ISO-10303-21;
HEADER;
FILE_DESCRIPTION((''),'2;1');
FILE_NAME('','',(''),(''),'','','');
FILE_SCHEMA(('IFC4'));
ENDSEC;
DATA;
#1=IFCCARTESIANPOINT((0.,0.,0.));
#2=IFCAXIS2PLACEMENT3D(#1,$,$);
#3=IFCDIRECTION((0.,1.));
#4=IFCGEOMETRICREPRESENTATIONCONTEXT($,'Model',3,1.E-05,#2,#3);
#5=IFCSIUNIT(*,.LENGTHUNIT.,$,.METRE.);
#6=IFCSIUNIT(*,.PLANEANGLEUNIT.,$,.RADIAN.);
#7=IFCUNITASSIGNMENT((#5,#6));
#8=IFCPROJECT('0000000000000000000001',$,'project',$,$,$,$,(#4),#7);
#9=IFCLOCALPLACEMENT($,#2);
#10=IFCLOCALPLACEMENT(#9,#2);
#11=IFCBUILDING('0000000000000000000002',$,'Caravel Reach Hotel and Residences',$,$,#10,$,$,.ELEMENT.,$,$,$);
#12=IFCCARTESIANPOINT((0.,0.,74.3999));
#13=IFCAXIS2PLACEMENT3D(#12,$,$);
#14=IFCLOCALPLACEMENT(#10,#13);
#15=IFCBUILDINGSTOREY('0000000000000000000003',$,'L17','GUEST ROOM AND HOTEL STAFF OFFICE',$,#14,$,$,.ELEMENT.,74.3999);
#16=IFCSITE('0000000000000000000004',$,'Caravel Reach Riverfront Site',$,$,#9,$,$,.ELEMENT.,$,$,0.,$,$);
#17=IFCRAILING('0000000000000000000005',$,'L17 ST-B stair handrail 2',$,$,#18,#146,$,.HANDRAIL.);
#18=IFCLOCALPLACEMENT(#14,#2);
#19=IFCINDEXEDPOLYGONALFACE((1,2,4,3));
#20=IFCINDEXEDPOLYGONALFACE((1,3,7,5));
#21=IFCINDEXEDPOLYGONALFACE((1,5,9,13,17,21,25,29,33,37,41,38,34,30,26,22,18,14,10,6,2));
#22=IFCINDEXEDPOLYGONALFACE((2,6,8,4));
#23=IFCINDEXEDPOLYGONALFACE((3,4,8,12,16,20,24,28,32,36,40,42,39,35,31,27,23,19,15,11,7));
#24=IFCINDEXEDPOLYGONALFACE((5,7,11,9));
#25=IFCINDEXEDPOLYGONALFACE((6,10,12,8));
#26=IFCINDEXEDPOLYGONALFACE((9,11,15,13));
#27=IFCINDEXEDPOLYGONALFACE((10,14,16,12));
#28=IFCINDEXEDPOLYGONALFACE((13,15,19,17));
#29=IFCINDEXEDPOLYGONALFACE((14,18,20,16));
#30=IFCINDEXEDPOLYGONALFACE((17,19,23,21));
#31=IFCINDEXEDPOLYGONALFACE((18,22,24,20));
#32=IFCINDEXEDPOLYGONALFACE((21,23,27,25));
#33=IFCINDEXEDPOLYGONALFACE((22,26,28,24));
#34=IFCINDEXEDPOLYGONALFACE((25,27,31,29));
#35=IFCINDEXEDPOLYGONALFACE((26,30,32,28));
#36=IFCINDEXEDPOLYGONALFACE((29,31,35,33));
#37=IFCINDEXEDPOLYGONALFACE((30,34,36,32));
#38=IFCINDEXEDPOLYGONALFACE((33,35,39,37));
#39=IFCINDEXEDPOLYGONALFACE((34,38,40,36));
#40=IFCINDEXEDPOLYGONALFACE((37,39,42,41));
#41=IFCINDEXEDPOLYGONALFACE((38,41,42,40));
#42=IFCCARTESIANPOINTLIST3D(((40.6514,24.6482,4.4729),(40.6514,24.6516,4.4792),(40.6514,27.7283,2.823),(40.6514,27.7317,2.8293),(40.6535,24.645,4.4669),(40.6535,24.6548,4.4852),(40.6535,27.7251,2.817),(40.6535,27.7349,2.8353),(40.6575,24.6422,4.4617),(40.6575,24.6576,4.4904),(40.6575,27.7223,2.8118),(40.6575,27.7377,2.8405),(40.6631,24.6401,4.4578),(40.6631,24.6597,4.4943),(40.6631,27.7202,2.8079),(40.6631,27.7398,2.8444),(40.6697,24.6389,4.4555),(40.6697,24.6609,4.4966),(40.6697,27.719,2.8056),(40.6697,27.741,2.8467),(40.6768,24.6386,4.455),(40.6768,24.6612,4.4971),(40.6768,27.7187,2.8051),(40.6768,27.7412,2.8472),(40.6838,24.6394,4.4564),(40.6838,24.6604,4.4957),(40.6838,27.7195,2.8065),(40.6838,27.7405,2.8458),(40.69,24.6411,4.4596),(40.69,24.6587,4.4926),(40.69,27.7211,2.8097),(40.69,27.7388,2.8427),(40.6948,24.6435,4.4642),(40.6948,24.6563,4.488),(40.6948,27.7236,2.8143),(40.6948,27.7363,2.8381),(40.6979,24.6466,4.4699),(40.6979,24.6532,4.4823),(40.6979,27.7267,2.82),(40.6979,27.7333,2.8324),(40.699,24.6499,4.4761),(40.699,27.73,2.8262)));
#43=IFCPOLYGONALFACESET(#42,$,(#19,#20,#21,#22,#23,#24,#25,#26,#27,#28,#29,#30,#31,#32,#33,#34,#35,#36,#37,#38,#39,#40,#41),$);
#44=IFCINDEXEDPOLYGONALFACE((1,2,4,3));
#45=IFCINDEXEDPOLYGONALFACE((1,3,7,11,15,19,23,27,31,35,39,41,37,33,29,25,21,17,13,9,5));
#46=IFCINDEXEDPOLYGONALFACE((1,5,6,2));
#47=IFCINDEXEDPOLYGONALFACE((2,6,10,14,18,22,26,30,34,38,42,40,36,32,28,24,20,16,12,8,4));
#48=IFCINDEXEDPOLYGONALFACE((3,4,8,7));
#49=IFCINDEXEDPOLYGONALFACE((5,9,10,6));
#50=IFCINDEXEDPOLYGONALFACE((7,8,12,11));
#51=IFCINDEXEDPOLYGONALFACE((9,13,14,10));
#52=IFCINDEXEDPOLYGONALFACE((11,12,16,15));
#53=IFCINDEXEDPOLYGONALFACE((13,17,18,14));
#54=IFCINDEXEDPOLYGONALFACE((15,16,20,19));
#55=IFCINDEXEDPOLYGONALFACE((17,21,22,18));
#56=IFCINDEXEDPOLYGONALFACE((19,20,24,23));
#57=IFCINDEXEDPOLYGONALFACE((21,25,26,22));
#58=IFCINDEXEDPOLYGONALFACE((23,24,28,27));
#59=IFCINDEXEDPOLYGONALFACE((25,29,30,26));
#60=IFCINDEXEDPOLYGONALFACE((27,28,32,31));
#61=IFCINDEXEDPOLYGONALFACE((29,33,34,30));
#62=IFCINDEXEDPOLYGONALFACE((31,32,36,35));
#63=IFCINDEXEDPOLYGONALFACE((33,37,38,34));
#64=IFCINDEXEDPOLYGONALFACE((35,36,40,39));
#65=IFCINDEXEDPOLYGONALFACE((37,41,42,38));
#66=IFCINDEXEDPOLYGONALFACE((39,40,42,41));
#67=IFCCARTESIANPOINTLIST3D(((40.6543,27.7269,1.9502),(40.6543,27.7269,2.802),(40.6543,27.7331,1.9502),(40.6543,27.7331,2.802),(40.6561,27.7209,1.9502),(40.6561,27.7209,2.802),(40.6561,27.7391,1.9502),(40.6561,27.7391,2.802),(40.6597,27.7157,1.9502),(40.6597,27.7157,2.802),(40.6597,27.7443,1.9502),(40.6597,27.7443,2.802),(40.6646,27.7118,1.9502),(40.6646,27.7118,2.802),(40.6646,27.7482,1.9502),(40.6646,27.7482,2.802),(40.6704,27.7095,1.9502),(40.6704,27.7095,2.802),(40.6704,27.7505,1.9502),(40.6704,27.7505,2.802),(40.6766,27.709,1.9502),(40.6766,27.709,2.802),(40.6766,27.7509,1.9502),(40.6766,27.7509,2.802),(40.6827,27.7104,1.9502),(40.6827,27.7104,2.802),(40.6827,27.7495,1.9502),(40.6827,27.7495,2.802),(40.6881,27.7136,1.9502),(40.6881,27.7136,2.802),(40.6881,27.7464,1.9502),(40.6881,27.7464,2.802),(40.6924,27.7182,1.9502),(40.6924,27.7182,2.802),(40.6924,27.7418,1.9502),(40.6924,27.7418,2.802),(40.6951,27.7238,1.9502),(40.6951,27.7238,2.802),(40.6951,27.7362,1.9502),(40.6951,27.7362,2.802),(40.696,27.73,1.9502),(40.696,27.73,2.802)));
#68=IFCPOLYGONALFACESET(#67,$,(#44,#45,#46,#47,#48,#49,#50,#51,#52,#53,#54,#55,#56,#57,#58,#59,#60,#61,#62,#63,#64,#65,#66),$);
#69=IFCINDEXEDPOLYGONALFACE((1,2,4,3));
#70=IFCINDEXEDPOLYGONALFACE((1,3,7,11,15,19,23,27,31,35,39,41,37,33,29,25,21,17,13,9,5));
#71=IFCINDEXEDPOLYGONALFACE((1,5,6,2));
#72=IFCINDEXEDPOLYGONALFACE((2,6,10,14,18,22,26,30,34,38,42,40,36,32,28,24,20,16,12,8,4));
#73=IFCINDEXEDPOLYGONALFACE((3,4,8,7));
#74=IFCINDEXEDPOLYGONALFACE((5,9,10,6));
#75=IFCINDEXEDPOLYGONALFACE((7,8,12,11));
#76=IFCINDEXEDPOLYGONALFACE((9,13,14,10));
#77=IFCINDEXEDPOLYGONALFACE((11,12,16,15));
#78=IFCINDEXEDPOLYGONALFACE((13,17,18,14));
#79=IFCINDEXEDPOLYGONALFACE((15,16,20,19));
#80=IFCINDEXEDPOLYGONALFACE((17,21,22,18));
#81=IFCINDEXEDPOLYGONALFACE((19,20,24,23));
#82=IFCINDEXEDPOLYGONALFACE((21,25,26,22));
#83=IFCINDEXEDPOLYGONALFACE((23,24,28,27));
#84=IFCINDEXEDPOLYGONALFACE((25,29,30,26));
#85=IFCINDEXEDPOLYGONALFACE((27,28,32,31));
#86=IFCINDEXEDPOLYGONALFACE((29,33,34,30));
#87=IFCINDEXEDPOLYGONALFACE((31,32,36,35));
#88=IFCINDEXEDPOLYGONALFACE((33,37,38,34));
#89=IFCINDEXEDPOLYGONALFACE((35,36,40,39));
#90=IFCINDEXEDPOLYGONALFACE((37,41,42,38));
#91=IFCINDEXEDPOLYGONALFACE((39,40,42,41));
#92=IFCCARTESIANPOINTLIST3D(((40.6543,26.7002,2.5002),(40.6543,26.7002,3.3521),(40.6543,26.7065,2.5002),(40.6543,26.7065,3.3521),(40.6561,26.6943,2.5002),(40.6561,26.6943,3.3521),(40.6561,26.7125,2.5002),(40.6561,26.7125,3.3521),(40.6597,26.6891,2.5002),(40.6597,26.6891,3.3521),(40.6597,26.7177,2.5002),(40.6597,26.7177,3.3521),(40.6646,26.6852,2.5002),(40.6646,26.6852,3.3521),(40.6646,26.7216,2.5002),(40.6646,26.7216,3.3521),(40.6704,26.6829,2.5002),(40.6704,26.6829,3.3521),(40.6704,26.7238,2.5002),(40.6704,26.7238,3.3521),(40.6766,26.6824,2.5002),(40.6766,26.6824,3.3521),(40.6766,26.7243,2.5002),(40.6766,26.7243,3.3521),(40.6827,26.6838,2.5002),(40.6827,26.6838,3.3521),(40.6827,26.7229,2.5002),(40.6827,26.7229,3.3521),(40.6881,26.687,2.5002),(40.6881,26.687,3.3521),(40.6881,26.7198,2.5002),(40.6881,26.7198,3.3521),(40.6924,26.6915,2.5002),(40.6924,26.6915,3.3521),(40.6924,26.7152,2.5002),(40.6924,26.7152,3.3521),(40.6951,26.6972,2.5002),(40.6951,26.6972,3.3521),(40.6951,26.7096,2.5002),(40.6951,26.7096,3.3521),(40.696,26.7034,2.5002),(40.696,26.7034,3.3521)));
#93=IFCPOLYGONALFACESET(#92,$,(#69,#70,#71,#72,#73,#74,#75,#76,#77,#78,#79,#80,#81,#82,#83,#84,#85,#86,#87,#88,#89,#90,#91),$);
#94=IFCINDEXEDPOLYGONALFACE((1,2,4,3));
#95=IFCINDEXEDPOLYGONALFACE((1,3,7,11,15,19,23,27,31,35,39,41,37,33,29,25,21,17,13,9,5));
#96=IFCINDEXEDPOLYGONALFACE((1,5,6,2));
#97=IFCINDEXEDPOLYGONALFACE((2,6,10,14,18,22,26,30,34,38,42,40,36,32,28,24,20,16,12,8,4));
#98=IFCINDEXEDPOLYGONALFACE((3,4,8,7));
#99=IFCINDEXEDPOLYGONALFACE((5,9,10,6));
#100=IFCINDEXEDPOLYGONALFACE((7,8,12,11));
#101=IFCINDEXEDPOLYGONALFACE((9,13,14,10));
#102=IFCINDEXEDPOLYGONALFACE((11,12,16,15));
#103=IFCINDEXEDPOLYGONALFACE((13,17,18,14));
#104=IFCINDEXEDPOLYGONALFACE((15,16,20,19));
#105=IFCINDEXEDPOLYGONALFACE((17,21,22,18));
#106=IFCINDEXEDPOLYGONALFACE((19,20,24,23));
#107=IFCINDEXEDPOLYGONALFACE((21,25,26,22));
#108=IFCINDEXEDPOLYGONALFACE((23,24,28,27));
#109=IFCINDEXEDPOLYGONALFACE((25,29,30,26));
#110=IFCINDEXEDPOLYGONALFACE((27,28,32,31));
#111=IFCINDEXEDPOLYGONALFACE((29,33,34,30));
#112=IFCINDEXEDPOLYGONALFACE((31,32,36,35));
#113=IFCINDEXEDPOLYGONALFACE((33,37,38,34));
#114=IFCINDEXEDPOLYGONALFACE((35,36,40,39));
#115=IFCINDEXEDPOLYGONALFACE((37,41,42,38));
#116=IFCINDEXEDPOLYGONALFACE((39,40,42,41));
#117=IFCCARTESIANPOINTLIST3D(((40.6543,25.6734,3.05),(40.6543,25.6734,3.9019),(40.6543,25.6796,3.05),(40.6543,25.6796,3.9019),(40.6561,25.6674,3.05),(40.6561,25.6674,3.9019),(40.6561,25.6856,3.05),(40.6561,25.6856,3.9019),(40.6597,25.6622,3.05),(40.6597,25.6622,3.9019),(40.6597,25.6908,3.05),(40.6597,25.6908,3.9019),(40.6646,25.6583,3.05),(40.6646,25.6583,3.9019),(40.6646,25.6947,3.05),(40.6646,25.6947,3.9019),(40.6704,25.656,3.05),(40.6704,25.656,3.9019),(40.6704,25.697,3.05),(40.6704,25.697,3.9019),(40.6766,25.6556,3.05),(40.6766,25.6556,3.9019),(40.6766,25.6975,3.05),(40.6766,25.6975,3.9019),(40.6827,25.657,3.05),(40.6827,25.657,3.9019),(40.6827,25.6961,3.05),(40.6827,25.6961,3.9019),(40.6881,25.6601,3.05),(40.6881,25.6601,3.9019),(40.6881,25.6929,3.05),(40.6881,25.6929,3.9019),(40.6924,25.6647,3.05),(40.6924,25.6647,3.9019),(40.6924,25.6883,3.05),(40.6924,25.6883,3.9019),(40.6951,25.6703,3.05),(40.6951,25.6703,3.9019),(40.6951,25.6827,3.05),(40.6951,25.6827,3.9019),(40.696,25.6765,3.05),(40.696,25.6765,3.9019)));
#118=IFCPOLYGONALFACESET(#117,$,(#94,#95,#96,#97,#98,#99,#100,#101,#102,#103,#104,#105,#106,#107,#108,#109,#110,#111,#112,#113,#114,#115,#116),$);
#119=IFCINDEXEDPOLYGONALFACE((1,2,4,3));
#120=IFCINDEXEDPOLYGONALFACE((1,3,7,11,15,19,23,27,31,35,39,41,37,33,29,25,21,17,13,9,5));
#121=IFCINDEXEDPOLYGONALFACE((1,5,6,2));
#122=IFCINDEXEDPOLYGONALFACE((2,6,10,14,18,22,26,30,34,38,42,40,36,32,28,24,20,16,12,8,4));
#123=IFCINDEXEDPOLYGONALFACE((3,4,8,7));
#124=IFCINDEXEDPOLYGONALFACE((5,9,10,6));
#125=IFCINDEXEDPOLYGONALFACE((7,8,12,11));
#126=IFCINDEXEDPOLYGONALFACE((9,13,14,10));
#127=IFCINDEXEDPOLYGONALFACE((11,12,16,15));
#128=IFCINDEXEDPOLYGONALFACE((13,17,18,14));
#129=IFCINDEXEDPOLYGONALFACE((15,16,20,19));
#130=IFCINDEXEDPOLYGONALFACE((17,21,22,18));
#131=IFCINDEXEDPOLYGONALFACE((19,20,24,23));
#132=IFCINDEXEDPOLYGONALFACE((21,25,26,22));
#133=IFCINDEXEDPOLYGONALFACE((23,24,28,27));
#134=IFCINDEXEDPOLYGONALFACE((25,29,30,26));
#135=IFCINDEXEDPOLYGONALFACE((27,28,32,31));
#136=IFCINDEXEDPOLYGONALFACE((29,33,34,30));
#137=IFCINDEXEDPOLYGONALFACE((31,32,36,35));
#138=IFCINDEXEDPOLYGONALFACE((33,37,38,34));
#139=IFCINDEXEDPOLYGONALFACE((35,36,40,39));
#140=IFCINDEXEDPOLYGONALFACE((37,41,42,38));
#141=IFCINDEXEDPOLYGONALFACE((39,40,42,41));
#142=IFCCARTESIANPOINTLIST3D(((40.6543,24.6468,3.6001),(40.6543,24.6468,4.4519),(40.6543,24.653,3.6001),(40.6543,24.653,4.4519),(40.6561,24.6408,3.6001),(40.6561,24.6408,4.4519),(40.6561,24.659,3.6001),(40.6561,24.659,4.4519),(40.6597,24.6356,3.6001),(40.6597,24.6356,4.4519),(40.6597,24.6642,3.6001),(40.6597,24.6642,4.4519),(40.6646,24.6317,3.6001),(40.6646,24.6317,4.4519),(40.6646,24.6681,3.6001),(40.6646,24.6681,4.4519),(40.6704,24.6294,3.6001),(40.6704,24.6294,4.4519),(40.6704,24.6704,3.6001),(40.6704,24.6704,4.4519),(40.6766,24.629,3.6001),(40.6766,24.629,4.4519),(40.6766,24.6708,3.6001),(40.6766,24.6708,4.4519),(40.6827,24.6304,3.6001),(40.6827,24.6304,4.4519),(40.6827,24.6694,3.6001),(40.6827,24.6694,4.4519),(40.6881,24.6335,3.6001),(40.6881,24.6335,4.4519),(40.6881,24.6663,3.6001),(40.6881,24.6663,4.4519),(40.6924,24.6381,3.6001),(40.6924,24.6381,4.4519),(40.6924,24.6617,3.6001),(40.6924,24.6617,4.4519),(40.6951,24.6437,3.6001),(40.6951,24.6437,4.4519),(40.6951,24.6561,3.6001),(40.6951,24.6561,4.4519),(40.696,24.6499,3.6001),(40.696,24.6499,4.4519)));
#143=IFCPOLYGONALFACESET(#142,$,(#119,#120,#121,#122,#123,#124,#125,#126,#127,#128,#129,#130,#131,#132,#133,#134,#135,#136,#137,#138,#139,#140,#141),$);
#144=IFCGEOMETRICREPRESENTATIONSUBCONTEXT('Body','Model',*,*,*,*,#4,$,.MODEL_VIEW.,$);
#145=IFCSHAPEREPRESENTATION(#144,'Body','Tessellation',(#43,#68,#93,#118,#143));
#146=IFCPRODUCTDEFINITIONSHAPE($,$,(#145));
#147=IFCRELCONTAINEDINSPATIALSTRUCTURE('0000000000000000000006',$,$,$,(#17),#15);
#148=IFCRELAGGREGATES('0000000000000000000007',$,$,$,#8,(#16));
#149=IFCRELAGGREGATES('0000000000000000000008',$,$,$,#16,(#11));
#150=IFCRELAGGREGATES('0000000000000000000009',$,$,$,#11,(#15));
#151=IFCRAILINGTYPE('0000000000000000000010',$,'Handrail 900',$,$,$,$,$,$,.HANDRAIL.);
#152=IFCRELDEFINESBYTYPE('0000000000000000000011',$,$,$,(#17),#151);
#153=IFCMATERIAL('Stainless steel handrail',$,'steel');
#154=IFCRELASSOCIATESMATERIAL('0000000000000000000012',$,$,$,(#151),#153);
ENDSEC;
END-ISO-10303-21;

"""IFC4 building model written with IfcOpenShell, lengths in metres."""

from ifc_helpers import new_model, si_unit, direction, frame, origin, origin_2d, place, context, subcontext, project, spatial, circle, extrude, material, type_object, element, save


model = new_model("IFC4")

# Units and contexts
model_context = context("Model", 3, precision=1e-05, world=origin(), true_north=direction((0.0, 1.0)))
body_context = subcontext(model_context, "Body", "Model", "MODEL_VIEW")
ifc_project = project(units=[si_unit("LENGTHUNIT", "METRE"), si_unit("PLANEANGLEUNIT", "RADIAN")], contexts=[model_context])

# Site, building, storey
site_placement = place(None, origin())
site = spatial("IfcSite", under=ifc_project, at=site_placement, Name="Caravel Reach Riverfront Site", CompositionType="ELEMENT", RefElevation=0.0)
building_placement = place(site_placement, origin())
building = spatial("IfcBuilding", under=site, at=building_placement, Name="Caravel Reach Hotel and Residences", CompositionType="ELEMENT")
storey_placement = place(building_placement, frame((0.0, 0.0, 74.3999)))
storey = spatial("IfcBuildingStorey", under=building, at=storey_placement, Name="L17", Description="GUEST ROOM AND HOTEL STAFF OFFICE", CompositionType="ELEMENT", Elevation=74.3999)

# Railing
ifc_material_1 = material(Name="Stainless steel handrail", Category="steel")
railing_type_1 = type_object("IfcRailingType", Name="Handrail 900", PredefinedType="HANDRAIL", material=ifc_material_1)
railing_1_placement = place(storey_placement, frame((40.675, 27.73, 1.9502)))
element("IfcRailing", 1, at=railing_1_placement, inside=storey, type_object=railing_type_1, Name="L17 ST-B stair handrail 2", PredefinedType="HANDRAIL", context=body_context, shape_type="SweptSolid", body=[
    extrude(circle(Radius=0.0239, at=origin_2d()), frame((0.0, 0.0, 0.876), z_axis=(0.0, -0.881497, 0.47219), x_axis=(1.0, 0.0, 0.0)), (0.0, 0.0, 1.0), 3.4941),
    extrude(circle(Radius=0.021, at=origin_2d()), origin(), (0.0, 0.0, 1.0), 0.8518),
    extrude(circle(Radius=0.021, at=origin_2d()), frame((0.0, -1.0266, 0.55)), (0.0, 0.0, 1.0), 0.8518),
    extrude(circle(Radius=0.021, at=origin_2d()), frame((0.0, -2.0535, 1.0999)), (0.0, 0.0, 1.0), 0.8518),
    extrude(circle(Radius=0.021, at=origin_2d()), frame((0.0, -3.0801, 1.6499)), (0.0, 0.0, 1.0), 0.8518),
])

save(model, "model.ifc")
